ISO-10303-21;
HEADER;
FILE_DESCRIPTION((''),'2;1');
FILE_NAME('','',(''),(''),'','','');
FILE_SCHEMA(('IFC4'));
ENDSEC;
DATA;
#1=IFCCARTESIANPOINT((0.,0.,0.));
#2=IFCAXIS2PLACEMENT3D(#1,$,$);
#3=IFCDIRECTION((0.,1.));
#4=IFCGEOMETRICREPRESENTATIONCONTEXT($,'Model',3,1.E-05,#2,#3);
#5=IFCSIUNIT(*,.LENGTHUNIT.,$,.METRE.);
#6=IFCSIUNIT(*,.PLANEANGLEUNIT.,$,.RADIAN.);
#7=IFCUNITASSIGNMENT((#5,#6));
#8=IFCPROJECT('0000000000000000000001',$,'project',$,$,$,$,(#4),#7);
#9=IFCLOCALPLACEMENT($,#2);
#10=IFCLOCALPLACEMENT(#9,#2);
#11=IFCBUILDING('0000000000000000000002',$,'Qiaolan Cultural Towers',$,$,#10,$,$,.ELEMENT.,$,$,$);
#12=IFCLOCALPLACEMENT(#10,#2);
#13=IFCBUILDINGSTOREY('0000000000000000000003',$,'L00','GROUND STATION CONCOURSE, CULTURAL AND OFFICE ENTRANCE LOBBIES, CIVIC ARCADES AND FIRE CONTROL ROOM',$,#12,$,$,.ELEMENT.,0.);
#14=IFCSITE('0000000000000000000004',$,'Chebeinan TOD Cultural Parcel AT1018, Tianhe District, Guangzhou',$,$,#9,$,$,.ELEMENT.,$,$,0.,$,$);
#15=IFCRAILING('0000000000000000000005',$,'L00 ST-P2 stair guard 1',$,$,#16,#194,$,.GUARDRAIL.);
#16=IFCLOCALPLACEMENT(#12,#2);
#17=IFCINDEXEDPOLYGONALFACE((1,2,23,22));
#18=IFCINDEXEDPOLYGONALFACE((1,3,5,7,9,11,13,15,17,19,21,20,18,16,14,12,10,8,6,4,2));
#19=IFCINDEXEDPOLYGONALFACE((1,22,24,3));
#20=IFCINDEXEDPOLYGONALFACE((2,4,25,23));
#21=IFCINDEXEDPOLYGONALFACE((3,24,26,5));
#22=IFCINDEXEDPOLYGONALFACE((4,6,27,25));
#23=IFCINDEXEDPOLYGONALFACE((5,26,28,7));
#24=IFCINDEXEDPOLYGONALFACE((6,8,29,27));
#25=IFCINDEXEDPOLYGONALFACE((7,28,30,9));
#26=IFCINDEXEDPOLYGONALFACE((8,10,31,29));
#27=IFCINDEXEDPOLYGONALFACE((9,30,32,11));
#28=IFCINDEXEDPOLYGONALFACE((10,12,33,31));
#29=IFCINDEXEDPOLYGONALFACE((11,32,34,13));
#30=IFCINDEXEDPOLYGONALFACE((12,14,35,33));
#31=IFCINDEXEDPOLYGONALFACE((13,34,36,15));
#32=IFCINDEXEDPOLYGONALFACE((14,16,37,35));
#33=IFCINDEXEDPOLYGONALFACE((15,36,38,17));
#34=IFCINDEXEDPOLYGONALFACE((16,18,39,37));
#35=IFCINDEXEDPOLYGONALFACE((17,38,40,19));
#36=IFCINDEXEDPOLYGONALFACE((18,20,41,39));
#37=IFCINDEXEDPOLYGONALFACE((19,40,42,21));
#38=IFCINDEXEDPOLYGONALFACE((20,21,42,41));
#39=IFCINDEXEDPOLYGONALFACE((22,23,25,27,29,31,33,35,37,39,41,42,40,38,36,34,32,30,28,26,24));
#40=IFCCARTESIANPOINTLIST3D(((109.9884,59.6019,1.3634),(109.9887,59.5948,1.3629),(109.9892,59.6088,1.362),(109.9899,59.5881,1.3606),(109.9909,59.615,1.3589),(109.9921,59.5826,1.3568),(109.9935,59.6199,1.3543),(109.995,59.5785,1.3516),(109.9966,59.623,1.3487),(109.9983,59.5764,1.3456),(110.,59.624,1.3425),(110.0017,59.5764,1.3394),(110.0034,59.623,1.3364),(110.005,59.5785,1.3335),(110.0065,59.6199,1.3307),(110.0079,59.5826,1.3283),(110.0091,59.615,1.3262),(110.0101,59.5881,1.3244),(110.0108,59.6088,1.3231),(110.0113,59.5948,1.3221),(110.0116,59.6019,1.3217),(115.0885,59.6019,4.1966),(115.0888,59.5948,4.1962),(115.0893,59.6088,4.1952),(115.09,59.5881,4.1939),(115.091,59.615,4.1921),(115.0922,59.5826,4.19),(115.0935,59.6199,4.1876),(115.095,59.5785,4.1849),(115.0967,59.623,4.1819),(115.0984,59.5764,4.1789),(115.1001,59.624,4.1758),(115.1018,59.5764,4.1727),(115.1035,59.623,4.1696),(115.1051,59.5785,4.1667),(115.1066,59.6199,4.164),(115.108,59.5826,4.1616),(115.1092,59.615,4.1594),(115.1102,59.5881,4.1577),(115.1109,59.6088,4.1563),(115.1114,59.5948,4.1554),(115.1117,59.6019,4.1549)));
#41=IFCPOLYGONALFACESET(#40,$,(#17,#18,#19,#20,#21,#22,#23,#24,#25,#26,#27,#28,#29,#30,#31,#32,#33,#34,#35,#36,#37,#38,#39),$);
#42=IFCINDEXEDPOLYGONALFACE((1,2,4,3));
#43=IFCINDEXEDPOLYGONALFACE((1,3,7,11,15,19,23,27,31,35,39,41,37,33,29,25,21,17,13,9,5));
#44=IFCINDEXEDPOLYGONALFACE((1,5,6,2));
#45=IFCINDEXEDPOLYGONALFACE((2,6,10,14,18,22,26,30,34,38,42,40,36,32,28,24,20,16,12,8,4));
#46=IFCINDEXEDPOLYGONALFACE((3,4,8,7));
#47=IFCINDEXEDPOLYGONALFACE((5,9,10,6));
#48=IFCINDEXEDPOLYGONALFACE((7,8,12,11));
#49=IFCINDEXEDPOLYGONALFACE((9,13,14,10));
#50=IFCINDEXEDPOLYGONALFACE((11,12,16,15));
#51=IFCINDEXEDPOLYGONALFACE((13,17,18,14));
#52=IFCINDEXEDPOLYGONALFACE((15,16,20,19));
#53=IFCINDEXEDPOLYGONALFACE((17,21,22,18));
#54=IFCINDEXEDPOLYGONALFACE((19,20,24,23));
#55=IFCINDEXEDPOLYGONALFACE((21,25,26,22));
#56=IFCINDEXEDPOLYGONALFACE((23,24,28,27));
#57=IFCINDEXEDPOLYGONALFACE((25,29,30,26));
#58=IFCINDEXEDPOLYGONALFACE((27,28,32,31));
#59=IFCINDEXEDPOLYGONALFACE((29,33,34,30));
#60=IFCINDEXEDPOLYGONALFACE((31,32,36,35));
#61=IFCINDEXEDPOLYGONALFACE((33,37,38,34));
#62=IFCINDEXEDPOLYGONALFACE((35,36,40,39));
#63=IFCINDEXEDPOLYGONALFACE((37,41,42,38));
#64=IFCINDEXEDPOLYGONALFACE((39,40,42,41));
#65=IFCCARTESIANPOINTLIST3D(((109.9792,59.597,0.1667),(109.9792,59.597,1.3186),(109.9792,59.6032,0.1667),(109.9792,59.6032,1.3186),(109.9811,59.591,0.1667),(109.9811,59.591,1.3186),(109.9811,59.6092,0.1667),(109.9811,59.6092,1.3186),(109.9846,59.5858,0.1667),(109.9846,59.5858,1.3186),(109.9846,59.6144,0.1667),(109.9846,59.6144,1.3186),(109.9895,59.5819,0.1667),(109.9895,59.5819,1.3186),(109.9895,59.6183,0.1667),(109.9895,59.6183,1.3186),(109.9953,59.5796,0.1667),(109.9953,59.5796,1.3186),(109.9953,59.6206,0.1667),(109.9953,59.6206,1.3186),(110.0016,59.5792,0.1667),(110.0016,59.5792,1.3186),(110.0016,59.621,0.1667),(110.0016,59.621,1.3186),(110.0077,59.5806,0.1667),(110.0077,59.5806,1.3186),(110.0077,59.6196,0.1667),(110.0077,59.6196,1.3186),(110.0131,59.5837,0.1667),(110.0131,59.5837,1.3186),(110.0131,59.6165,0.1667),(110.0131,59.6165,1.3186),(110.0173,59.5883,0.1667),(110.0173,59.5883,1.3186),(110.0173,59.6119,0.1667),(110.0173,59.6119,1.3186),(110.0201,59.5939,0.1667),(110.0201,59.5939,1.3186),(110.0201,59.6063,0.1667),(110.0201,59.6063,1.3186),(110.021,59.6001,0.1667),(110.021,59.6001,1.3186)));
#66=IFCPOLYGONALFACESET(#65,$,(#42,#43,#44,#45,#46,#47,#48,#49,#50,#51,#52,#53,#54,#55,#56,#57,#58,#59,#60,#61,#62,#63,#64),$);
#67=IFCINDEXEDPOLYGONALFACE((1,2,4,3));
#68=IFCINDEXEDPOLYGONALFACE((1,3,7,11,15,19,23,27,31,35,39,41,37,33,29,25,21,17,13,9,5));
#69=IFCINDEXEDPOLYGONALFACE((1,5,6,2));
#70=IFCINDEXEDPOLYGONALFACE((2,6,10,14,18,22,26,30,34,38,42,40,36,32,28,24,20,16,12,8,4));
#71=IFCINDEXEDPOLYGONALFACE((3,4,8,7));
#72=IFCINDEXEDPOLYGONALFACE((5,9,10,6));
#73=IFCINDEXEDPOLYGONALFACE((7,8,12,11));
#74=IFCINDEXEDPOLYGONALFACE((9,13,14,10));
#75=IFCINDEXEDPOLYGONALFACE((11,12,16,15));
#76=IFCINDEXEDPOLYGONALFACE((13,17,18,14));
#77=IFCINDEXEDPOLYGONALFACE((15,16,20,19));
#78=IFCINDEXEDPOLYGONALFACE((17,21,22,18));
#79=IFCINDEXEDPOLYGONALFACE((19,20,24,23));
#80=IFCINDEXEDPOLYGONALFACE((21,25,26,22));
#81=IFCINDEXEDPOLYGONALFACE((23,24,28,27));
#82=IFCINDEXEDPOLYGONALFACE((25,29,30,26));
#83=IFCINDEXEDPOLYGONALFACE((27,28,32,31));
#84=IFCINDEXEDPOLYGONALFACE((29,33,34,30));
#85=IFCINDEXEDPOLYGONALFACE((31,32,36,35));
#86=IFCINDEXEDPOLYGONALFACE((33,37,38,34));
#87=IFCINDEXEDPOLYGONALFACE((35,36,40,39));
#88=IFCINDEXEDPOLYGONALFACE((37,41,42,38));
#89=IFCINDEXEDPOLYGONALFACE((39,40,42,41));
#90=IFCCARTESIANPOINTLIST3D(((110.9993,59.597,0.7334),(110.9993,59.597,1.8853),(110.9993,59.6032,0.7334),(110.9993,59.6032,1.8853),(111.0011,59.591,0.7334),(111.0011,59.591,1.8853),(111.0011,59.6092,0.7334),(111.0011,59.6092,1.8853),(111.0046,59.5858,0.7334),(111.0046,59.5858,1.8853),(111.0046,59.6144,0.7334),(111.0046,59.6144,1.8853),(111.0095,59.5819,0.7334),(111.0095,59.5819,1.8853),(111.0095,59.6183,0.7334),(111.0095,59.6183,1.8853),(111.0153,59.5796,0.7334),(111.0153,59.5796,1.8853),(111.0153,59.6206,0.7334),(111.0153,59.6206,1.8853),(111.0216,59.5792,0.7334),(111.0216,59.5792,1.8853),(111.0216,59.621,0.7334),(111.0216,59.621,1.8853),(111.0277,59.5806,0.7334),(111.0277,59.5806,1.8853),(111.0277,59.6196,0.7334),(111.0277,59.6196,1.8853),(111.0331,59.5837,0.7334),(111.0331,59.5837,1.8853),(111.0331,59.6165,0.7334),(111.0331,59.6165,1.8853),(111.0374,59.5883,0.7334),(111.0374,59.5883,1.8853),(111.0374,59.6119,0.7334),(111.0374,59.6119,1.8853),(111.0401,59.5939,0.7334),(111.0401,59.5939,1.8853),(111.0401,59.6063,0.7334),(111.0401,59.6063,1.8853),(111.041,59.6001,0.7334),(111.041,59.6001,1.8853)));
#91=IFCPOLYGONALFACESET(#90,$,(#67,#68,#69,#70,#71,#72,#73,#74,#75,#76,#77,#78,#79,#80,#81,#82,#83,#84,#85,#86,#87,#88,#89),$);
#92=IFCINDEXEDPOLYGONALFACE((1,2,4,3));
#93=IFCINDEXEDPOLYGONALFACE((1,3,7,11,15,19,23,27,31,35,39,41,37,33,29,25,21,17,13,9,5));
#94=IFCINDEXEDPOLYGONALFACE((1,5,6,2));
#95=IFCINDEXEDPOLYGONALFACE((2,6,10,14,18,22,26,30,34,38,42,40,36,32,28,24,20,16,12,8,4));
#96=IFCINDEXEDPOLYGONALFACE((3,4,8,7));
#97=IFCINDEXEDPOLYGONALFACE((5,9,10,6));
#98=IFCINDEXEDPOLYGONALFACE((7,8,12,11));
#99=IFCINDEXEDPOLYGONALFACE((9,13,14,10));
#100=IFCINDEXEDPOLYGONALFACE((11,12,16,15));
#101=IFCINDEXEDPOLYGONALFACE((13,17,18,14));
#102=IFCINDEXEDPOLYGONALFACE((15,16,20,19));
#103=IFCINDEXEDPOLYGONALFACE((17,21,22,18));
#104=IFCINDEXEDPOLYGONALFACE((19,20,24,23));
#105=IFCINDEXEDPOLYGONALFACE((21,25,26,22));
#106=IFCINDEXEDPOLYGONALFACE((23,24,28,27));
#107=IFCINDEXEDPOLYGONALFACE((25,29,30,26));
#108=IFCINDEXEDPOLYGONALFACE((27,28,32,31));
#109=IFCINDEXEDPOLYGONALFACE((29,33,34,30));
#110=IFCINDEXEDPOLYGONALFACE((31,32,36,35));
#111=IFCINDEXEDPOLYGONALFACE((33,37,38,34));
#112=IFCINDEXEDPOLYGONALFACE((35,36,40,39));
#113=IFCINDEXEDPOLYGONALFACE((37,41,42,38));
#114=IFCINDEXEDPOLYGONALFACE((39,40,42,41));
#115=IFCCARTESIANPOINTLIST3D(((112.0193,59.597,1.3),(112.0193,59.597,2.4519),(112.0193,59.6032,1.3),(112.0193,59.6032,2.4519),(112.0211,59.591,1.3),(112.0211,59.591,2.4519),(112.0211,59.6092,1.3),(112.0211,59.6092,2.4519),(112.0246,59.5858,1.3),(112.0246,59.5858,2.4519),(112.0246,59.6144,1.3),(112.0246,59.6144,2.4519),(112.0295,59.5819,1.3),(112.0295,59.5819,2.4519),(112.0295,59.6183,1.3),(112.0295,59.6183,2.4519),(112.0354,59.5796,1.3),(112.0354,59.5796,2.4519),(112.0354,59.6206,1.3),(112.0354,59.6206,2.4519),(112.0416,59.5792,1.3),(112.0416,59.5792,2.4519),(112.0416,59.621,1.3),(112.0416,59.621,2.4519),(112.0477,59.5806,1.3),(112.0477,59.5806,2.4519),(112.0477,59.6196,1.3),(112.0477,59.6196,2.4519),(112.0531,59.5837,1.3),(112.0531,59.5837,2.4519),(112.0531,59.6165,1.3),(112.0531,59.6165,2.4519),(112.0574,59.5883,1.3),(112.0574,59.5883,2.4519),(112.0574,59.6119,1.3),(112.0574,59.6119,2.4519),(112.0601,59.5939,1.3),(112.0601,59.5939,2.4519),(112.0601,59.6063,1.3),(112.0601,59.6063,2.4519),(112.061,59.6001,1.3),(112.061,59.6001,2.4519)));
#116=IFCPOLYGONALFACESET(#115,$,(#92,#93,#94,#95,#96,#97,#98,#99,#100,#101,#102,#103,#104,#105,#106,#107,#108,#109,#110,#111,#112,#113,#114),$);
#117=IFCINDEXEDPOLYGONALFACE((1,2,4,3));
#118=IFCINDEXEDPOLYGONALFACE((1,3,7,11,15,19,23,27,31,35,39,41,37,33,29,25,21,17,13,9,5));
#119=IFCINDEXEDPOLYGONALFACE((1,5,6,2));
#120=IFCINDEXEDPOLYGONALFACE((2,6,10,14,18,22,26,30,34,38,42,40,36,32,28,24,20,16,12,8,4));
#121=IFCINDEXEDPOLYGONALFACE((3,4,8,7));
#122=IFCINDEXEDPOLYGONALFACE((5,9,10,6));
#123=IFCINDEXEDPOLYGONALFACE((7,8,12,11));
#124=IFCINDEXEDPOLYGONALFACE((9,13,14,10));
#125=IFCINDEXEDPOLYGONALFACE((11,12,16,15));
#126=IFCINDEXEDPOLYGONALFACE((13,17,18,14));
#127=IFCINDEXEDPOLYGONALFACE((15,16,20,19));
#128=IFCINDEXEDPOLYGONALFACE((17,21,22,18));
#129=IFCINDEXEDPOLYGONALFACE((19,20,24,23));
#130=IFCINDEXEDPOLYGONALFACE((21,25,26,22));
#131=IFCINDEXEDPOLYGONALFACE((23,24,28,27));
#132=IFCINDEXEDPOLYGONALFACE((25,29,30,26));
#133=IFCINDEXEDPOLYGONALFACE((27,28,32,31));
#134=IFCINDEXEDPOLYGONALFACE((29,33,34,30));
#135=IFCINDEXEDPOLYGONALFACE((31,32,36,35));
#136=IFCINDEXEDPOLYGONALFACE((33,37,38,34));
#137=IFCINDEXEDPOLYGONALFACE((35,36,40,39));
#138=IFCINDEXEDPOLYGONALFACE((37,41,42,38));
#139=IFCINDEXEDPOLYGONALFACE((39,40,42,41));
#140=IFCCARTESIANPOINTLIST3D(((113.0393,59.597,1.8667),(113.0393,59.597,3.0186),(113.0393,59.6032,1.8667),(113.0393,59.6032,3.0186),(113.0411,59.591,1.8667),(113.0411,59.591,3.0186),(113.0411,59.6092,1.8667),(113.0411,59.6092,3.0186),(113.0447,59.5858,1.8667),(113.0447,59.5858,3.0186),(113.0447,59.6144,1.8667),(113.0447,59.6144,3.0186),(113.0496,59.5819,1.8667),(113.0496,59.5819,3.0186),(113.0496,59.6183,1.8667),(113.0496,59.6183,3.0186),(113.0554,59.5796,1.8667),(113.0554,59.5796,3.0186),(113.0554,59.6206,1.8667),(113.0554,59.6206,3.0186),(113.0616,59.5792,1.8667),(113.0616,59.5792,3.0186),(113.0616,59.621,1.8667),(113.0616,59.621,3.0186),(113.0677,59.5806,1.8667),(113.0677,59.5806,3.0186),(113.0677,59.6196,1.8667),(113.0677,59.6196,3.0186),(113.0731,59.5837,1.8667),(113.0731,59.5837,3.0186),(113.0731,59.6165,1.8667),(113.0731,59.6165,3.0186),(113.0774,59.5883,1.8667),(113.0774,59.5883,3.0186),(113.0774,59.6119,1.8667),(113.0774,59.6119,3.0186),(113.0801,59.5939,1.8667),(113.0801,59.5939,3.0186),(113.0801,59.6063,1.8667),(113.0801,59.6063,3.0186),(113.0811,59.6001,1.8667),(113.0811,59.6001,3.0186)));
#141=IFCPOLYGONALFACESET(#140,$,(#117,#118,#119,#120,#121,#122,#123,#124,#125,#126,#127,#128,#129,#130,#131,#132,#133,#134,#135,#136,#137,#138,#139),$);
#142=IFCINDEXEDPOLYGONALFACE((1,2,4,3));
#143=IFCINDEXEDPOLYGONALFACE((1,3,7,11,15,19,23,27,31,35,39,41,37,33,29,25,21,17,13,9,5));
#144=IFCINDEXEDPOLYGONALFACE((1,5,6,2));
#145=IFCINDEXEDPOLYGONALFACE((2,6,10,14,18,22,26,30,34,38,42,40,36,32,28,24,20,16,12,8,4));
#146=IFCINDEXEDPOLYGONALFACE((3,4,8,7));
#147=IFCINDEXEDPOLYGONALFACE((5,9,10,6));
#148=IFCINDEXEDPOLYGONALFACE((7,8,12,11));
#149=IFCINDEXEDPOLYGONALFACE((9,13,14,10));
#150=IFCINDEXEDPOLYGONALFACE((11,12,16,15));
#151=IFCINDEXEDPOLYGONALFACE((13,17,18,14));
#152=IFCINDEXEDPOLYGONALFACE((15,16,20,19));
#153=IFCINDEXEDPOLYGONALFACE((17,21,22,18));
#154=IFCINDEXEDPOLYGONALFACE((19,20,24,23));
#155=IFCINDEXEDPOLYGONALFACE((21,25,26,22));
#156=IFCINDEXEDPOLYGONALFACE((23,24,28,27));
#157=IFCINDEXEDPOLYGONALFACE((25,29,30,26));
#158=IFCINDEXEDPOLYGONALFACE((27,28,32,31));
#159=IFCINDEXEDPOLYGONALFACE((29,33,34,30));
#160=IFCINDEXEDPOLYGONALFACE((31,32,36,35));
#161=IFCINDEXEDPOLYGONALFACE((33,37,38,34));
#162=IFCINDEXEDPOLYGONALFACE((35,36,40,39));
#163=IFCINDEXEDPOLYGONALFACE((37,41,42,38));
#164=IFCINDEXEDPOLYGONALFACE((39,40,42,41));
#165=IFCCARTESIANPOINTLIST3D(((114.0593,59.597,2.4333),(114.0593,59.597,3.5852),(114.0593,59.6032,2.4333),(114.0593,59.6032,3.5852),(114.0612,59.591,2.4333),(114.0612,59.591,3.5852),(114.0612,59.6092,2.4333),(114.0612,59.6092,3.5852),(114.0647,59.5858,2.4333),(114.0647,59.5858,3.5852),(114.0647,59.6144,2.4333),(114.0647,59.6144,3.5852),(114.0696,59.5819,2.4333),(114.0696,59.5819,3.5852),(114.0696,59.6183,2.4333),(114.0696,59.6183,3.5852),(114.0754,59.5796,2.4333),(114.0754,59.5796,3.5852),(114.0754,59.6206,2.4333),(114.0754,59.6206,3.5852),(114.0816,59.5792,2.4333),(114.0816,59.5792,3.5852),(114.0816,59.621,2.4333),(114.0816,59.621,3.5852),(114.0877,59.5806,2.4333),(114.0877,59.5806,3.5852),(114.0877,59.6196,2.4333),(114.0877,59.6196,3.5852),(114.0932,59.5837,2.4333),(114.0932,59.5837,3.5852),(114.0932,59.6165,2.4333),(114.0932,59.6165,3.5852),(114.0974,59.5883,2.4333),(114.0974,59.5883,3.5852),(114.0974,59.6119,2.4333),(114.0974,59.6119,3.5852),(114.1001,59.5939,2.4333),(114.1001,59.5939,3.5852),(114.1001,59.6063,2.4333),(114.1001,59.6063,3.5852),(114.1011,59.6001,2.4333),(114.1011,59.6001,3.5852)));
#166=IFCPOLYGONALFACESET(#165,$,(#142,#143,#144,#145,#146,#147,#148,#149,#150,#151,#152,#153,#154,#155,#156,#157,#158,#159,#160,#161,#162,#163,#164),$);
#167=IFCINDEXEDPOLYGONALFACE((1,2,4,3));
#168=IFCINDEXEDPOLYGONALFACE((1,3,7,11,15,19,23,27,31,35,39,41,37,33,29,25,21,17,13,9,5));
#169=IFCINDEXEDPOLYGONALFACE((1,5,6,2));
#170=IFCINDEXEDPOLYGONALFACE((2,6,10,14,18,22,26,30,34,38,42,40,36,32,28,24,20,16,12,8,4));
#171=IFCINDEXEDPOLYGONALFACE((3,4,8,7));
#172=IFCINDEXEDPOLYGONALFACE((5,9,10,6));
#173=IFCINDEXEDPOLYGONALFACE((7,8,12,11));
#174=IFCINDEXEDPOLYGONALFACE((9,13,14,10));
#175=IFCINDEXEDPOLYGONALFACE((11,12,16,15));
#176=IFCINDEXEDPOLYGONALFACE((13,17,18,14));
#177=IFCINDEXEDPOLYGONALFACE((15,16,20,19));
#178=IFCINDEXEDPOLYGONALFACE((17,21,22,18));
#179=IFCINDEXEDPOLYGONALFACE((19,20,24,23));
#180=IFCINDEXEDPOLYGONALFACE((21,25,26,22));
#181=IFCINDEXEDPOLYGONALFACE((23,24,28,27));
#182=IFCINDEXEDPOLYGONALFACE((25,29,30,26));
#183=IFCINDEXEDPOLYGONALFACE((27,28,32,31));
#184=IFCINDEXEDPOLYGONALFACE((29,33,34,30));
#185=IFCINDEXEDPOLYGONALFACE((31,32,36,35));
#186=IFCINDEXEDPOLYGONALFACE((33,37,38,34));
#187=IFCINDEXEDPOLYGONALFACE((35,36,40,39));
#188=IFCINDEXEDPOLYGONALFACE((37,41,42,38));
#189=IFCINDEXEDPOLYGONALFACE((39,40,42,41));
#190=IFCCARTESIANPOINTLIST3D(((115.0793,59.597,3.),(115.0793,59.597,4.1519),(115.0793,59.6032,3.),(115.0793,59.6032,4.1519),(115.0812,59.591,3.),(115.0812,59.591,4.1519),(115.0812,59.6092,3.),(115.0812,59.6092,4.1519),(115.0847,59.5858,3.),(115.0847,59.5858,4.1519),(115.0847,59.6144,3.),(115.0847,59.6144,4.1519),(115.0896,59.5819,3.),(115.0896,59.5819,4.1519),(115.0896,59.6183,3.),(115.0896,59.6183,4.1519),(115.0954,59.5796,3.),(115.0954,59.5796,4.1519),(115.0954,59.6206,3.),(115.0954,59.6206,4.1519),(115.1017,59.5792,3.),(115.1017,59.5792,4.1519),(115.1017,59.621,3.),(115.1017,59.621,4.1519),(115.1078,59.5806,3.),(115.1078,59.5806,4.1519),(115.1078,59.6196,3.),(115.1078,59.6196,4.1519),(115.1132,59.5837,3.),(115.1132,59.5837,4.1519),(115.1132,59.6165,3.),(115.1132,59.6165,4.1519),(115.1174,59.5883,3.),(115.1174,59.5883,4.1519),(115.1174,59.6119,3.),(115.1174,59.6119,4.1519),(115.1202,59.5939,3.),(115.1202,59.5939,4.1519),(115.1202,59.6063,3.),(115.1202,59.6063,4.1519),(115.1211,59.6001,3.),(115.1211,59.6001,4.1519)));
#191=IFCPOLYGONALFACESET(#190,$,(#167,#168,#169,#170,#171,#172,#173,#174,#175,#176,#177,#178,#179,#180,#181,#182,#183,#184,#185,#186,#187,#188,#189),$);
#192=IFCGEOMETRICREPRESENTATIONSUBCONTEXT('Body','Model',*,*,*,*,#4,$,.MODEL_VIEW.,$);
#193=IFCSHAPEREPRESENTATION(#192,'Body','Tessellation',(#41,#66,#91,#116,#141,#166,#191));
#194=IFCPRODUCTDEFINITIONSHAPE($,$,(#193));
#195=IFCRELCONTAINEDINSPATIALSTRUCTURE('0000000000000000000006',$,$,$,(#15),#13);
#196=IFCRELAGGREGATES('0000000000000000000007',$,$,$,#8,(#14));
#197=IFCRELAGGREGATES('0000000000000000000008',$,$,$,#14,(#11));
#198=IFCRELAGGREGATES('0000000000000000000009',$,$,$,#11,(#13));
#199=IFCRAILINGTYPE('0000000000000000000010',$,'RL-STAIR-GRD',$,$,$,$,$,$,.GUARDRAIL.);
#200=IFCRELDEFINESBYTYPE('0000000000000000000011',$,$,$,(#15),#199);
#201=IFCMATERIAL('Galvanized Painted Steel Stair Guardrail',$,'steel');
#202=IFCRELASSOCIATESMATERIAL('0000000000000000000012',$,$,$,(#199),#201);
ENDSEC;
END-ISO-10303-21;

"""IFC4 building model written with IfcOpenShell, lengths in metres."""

from ifc_helpers import new_model, si_unit, direction, frame, origin, origin_2d, place, context, subcontext, project, spatial, circle, extrude, material, type_object, element, save


model = new_model("IFC4")

# Units and contexts
model_context = context("Model", 3, precision=1e-05, world=origin(), true_north=direction((0.0, 1.0)))
body_context = subcontext(model_context, "Body", "Model", "MODEL_VIEW")
ifc_project = project(units=[si_unit("LENGTHUNIT", "METRE"), si_unit("PLANEANGLEUNIT", "RADIAN")], contexts=[model_context])

# Site, building, storey
site_placement = place(None, origin())
site = spatial("IfcSite", under=ifc_project, at=site_placement, Name="Chebeinan TOD Cultural Parcel AT1018, Tianhe District, Guangzhou", CompositionType="ELEMENT", RefElevation=0.0)
building_placement = place(site_placement, origin())
building = spatial("IfcBuilding", under=site, at=building_placement, Name="Qiaolan Cultural Towers", CompositionType="ELEMENT")
storey_placement = place(building_placement, origin())
storey = spatial("IfcBuildingStorey", under=building, at=storey_placement, Name="L00", Description="GROUND STATION CONCOURSE, CULTURAL AND OFFICE ENTRANCE LOBBIES, CIVIC ARCADES AND FIRE CONTROL ROOM", CompositionType="ELEMENT", Elevation=0.0)

# Railing
ifc_material_1 = material(Name="Galvanized Painted Steel Stair Guardrail", Category="steel")
railing_type_1 = type_object("IfcRailingType", Name="RL-STAIR-GRD", PredefinedType="GUARDRAIL", material=ifc_material_1)
railing_1_placement = place(storey_placement, frame((110.0, 59.6001, 0.1667)))
element("IfcRailing", 1, at=railing_1_placement, inside=storey, type_object=railing_type_1, Name="L00 ST-P2 stair guard 1", PredefinedType="GUARDRAIL", context=body_context, shape_type="SweptSolid", body=[
    extrude(circle(Radius=0.0239, at=origin_2d()), frame((0.0, 0.0, 1.1758), z_axis=(0.874167, 0.0, 0.485625), x_axis=(0.0, 1.0, 0.0)), (0.0, 0.0, 1.0), 5.8342),
    extrude(circle(Radius=0.021, at=origin_2d()), origin(), (0.0, 0.0, 1.0), 1.1519),
    extrude(circle(Radius=0.021, at=origin_2d()), frame((1.02, 0.0, 0.5667)), (0.0, 0.0, 1.0), 1.1519),
    extrude(circle(Radius=0.021, at=origin_2d()), frame((2.04, 0.0, 1.1333)), (0.0, 0.0, 1.0), 1.1519),
    extrude(circle(Radius=0.021, at=origin_2d()), frame((3.0601, 0.0, 1.7)), (0.0, 0.0, 1.0), 1.1519),
    extrude(circle(Radius=0.021, at=origin_2d()), frame((4.0801, 0.0, 2.2666)), (0.0, 0.0, 1.0), 1.1519),
    extrude(circle(Radius=0.021, at=origin_2d()), frame((5.1001, 0.0, 2.8333)), (0.0, 0.0, 1.0), 1.1519),
])

save(model, "model.ifc")
